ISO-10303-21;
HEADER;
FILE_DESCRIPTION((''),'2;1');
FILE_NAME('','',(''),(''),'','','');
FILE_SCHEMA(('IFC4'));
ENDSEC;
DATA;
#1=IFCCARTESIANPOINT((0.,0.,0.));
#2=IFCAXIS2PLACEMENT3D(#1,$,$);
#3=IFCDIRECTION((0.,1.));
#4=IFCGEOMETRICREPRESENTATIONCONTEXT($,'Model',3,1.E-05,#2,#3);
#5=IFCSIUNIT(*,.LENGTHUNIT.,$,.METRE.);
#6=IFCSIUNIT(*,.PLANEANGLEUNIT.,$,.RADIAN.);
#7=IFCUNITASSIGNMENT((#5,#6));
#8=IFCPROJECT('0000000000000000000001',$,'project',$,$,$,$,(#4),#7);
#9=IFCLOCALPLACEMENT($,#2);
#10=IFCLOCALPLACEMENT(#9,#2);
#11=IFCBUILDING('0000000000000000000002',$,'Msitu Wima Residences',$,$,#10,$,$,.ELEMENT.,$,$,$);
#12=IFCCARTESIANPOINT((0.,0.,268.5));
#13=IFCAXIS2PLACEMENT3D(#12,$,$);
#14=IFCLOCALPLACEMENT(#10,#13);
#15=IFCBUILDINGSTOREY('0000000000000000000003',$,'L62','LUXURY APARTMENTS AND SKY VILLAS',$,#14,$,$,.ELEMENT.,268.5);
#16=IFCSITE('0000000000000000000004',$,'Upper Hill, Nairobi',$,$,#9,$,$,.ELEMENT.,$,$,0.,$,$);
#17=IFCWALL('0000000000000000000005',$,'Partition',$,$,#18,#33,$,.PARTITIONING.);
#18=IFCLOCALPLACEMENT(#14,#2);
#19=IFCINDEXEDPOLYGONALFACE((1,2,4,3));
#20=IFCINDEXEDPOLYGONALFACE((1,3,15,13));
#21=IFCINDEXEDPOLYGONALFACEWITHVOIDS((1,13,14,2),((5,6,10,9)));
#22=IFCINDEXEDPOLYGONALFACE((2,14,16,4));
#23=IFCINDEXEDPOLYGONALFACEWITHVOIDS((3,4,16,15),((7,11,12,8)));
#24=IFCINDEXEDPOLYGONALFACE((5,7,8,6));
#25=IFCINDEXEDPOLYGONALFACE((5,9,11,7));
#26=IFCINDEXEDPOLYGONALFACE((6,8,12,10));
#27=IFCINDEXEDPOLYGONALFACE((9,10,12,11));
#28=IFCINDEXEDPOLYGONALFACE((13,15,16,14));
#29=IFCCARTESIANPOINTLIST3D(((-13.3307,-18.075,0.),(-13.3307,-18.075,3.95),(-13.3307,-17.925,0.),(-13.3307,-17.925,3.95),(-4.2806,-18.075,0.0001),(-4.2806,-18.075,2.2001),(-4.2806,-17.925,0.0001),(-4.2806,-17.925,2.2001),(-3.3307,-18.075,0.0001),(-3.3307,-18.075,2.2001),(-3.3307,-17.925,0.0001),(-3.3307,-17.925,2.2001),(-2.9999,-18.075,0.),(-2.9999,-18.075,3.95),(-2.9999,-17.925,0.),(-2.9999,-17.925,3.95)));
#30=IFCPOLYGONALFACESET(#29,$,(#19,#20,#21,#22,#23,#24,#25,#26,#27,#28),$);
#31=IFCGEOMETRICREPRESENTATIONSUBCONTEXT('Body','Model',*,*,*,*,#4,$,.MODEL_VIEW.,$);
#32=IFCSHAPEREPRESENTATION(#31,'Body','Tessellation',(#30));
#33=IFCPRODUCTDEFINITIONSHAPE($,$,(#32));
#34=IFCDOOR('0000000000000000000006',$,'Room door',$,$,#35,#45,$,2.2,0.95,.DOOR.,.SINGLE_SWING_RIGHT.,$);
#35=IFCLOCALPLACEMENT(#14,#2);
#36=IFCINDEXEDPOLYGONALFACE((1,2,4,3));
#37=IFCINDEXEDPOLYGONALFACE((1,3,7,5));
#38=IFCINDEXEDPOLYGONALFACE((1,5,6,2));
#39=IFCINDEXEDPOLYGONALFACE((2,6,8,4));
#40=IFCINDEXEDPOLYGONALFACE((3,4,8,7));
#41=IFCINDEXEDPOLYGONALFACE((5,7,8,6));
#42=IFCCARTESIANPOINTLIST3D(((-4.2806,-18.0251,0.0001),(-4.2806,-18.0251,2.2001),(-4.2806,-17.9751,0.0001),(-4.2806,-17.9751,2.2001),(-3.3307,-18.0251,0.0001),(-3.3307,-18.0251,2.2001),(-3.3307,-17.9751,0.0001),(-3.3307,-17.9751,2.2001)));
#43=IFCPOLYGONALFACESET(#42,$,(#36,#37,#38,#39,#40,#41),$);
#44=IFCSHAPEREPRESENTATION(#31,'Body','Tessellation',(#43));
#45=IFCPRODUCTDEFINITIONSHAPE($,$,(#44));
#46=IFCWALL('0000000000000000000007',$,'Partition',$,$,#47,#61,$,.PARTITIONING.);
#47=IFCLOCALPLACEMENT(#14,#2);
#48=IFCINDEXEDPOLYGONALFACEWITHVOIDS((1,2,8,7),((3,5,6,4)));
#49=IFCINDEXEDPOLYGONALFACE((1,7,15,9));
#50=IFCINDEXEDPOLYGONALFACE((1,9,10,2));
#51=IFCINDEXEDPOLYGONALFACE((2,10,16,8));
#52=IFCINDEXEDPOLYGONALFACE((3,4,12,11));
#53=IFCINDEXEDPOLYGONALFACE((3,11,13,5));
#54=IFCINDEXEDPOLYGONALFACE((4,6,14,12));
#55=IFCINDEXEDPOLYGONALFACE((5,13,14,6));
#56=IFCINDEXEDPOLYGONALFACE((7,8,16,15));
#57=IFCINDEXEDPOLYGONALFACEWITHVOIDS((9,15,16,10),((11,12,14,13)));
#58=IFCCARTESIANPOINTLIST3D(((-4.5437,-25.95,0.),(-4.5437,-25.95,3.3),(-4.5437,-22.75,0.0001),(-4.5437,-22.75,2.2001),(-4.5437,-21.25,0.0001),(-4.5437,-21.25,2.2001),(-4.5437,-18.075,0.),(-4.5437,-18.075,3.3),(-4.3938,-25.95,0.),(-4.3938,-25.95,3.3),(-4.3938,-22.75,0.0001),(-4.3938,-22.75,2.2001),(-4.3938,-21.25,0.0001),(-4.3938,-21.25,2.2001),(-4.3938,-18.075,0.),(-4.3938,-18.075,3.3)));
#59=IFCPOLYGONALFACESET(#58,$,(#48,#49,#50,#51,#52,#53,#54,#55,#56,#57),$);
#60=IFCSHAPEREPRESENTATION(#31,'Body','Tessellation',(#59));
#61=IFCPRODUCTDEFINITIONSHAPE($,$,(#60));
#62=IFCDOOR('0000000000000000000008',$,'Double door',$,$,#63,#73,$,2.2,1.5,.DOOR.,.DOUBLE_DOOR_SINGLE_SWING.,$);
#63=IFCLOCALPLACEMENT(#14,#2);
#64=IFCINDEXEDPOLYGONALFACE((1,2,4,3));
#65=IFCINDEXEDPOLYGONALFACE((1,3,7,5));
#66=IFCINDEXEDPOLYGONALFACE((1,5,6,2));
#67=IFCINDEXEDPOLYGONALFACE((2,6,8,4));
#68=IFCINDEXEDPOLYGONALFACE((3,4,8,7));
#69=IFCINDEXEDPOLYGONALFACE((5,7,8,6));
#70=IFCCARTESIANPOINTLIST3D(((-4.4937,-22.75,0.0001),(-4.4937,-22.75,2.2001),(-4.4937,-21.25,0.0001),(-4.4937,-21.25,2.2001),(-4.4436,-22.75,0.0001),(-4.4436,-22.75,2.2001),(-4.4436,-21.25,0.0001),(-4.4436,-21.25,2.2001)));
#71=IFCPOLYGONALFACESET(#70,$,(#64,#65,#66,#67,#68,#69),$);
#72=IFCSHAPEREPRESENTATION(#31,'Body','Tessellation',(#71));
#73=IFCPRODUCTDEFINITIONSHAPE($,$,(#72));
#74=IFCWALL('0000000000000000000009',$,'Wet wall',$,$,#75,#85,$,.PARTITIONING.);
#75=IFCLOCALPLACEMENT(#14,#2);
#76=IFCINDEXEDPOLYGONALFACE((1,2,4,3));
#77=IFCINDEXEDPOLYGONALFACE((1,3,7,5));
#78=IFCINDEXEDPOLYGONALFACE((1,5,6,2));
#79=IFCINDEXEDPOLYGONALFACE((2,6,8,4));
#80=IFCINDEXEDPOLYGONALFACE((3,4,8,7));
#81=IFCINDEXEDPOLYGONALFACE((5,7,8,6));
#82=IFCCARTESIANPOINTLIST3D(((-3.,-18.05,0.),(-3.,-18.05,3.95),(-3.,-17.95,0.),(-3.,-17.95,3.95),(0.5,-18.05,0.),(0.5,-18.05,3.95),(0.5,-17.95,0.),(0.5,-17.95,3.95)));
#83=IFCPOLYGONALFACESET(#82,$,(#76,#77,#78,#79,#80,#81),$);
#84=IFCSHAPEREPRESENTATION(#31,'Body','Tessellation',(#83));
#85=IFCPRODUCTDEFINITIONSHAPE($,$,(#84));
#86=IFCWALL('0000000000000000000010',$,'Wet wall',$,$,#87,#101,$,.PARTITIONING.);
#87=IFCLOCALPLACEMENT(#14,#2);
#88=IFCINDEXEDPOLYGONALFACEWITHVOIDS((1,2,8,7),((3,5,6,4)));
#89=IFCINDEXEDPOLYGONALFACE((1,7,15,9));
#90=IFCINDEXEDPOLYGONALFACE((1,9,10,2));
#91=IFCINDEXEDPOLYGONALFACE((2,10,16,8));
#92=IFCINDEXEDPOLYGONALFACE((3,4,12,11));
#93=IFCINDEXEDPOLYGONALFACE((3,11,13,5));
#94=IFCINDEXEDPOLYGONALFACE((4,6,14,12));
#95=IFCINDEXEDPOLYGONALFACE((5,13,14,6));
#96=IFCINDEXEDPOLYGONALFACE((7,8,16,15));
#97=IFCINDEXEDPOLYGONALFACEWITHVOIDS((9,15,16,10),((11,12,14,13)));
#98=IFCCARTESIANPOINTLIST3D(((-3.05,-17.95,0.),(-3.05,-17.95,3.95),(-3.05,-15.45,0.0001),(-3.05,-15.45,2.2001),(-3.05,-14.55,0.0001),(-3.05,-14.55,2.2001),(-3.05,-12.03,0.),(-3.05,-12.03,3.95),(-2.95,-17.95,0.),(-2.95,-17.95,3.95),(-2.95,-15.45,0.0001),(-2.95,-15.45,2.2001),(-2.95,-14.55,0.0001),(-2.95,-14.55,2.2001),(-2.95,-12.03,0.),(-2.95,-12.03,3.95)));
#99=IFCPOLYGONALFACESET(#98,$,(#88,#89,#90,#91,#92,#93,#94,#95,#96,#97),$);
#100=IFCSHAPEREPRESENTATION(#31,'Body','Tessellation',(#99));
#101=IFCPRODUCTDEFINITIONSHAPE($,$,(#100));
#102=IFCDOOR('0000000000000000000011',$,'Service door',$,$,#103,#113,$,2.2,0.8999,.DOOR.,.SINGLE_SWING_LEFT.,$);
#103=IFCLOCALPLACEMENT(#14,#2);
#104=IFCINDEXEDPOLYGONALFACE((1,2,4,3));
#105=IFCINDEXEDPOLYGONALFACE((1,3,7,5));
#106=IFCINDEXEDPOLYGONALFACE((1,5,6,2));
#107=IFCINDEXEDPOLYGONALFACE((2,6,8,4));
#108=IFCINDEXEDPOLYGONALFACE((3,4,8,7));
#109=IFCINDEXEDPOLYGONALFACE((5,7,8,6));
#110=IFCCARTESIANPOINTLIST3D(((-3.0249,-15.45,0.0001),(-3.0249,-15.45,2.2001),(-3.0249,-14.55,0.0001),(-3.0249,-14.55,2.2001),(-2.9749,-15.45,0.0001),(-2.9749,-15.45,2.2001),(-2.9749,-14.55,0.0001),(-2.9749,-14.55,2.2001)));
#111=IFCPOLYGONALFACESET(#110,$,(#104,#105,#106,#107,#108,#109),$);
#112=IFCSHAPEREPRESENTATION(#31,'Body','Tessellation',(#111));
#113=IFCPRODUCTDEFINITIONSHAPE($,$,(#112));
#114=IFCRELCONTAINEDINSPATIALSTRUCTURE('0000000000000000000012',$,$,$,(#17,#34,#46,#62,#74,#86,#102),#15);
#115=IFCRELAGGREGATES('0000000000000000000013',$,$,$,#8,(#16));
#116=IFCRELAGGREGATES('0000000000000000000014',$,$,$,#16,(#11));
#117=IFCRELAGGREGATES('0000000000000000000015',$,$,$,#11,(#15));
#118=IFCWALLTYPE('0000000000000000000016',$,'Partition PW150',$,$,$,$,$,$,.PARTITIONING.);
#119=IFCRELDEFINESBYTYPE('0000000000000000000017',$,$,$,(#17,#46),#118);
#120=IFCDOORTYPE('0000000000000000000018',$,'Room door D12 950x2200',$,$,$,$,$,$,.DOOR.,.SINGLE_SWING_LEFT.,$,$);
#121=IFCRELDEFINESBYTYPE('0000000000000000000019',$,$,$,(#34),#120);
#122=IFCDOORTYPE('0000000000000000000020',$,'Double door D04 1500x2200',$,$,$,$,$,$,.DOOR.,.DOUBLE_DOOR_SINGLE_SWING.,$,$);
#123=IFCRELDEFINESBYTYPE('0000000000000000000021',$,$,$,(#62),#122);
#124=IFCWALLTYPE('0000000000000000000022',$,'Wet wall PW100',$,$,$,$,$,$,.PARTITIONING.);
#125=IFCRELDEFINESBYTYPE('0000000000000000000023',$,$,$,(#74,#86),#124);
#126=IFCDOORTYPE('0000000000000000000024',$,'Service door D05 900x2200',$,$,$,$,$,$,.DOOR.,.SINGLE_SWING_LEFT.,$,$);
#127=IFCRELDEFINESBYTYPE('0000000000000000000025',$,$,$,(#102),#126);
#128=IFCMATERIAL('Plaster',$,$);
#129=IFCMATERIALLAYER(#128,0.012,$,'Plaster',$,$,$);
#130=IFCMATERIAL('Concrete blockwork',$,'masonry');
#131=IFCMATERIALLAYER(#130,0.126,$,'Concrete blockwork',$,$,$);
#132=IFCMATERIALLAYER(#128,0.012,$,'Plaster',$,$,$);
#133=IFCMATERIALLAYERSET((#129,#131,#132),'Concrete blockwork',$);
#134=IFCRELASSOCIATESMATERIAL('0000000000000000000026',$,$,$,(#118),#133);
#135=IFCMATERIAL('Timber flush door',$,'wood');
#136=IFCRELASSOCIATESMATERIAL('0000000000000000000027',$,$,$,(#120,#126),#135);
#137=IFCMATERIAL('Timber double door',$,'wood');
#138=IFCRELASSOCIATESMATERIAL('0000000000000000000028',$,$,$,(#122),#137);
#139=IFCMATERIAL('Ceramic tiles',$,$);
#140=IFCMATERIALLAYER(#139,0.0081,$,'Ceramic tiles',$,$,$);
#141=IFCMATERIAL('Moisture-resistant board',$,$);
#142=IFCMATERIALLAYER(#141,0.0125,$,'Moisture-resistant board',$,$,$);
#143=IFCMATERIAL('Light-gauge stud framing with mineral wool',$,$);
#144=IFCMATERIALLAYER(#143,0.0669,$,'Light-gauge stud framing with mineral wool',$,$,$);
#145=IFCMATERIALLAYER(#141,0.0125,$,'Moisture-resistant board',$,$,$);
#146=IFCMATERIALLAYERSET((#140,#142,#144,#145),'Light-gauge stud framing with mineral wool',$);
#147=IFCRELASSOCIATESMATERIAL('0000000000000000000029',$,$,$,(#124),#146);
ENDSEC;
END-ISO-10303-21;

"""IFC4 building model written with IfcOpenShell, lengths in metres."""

from ifc_helpers import new_model, si_unit, direction, frame, frame_2d, origin, place, context, subcontext, project, spatial, rectangle, extrude, material, layer, layer_set, type_object, element, fill, save


model = new_model("IFC4")

# Units and contexts
model_context = context("Model", 3, precision=1e-05, world=origin(), true_north=direction((0.0, 1.0)))
body_context = subcontext(model_context, "Body", "Model", "MODEL_VIEW")
ifc_project = project(units=[si_unit("LENGTHUNIT", "METRE"), si_unit("PLANEANGLEUNIT", "RADIAN")], contexts=[model_context])

# Site, building, storey
site_placement = place(None, origin())
site = spatial("IfcSite", under=ifc_project, at=site_placement, Name="Upper Hill, Nairobi", CompositionType="ELEMENT", RefElevation=0.0)
building_placement = place(site_placement, origin())
building = spatial("IfcBuilding", under=site, at=building_placement, Name="Msitu Wima Residences", CompositionType="ELEMENT")
storey_placement = place(building_placement, frame((0.0, 0.0, 268.5)))
storey = spatial("IfcBuildingStorey", under=building, at=storey_placement, Name="L62", Description="LUXURY APARTMENTS AND SKY VILLAS", CompositionType="ELEMENT", Elevation=268.5)

# Shared definitions
ifc_material_1 = material(Name="Plaster")
ifc_layer_1 = layer(ifc_material_1, 0.012, Name="Plaster")
ifc_material_2 = material(Name="Concrete blockwork", Category="masonry")
ifc_layer_2 = layer(ifc_material_2, 0.126, Name="Concrete blockwork")
ifc_layer_3 = layer(ifc_material_1, 0.012, Name="Plaster")
ifc_layer_set_1 = layer_set([ifc_layer_1, ifc_layer_2, ifc_layer_3], Name="Concrete blockwork")
wall_type_1 = type_object("IfcWallType", Name="Partition PW150", PredefinedType="PARTITIONING", material=ifc_layer_set_1)
ifc_material_3 = material(Name="Timber flush door", Category="wood")
door_type_1 = type_object("IfcDoorType", Name="Room door D12 950x2200", OperationType="SINGLE_SWING_LEFT", PredefinedType="DOOR", material=ifc_material_3)

# Walls, openings, doors
wall_1_placement = place(storey_placement, frame((-13.3308, -18.0, 0.0), z_axis=(0.0, 0.0, 1.0), x_axis=(1.0, 0.0, 0.0)))
wall_1 = element("IfcWall", 1, at=wall_1_placement, inside=storey, type_object=wall_type_1, Name="Partition", PredefinedType="PARTITIONING", context=body_context, shape_type="SweptSolid", body=[
    extrude(rectangle(XDim=10.3308, YDim=0.1499, at=frame_2d((5.1655, 0.0))), origin(), (0.0, 0.0, 1.0), 3.95),
])
opening_1_placement = place(wall_1_placement, frame((9.05, 0.0, 0.0)))
opening_1 = element("IfcOpeningElement", 2, at=opening_1_placement, cuts=wall_1, PredefinedType="OPENING", context=body_context, shape_type="SweptSolid", body=[
    extrude(rectangle(XDim=0.95, YDim=2.2, at=frame_2d((0.4751, 1.1001))), frame((0.0, 0.085, 0.0), z_axis=(0.0, -1.0, 0.0), x_axis=(1.0, 0.0, 0.0)), (0.0, 0.0, 1.0), 0.1699),
])
door_1_placement = place(opening_1_placement, origin())
door_1 = element("IfcDoor", 3, at=door_1_placement, inside=storey, type_object=door_type_1, Name="Room door", OperationType="SINGLE_SWING_RIGHT", OverallHeight=2.2, OverallWidth=0.95, PredefinedType="DOOR", context=body_context, shape_type="SweptSolid", body=[
    extrude(rectangle(XDim=0.95, YDim=2.2, at=frame_2d((0.4751, 1.1001))), frame((0.0, 0.0249, 0.0), z_axis=(0.0, -1.0, 0.0), x_axis=(1.0, 0.0, 0.0)), (0.0, 0.0, 1.0), 0.05),
])
fill(opening_1, door_1)
wall_2_placement = place(storey_placement, frame((-4.4688, -25.95, 0.0), z_axis=(0.0, 0.0, 1.0), x_axis=(0.0, 1.0, 0.0)))
wall_2 = element("IfcWall", 4, at=wall_2_placement, inside=storey, type_object=wall_type_1, Name="Partition", PredefinedType="PARTITIONING", context=body_context, shape_type="SweptSolid", body=[
    extrude(rectangle(XDim=7.875, YDim=0.1499, at=frame_2d((3.9375, 0.0))), origin(), (0.0, 0.0, 1.0), 3.3),
])
opening_2_placement = place(wall_2_placement, frame((3.2, 0.0, 0.0)))
opening_2 = element("IfcOpeningElement", 5, at=opening_2_placement, cuts=wall_2, PredefinedType="OPENING", context=body_context, shape_type="SweptSolid", body=[
    extrude(rectangle(XDim=1.5, YDim=2.2, at=frame_2d((0.75, 1.1001))), frame((0.0, 0.085, 0.0), z_axis=(0.0, -1.0, 0.0), x_axis=(1.0, 0.0, 0.0)), (0.0, 0.0, 1.0), 0.1699),
])
ifc_material_4 = material(Name="Timber double door", Category="wood")
door_type_2 = type_object("IfcDoorType", Name="Double door D04 1500x2200", OperationType="DOUBLE_DOOR_SINGLE_SWING", PredefinedType="DOOR", material=ifc_material_4)
door_2_placement = place(opening_2_placement, origin())
door_2 = element("IfcDoor", 6, at=door_2_placement, inside=storey, type_object=door_type_2, Name="Double door", OperationType="DOUBLE_DOOR_SINGLE_SWING", OverallHeight=2.2, OverallWidth=1.5, PredefinedType="DOOR", context=body_context, shape_type="SweptSolid", body=[
    extrude(rectangle(XDim=1.5, YDim=2.2, at=frame_2d((0.75, 1.1001))), frame((0.0, 0.0249, 0.0), z_axis=(0.0, -1.0, 0.0), x_axis=(1.0, 0.0, 0.0)), (0.0, 0.0, 1.0), 0.05),
])
fill(opening_2, door_2)

# Wall
ifc_material_5 = material(Name="Ceramic tiles")
ifc_layer_4 = layer(ifc_material_5, 0.0081, Name="Ceramic tiles")
ifc_material_6 = material(Name="Moisture-resistant board")
ifc_layer_5 = layer(ifc_material_6, 0.0125, Name="Moisture-resistant board")
ifc_material_7 = material(Name="Light-gauge stud framing with mineral wool")
ifc_layer_6 = layer(ifc_material_7, 0.0669, Name="Light-gauge stud framing with mineral wool")
ifc_layer_7 = layer(ifc_material_6, 0.0125, Name="Moisture-resistant board")
ifc_layer_set_2 = layer_set([ifc_layer_4, ifc_layer_5, ifc_layer_6, ifc_layer_7], Name="Light-gauge stud framing with mineral wool")
wall_type_2 = type_object("IfcWallType", Name="Wet wall PW100", PredefinedType="PARTITIONING", material=ifc_layer_set_2)
wall_3_placement = place(storey_placement, frame((-3.0, -18.0, 0.0), z_axis=(0.0, 0.0, 1.0), x_axis=(1.0, 0.0, 0.0)))
element("IfcWall", 7, at=wall_3_placement, inside=storey, type_object=wall_type_2, Name="Wet wall", PredefinedType="PARTITIONING", context=body_context, shape_type="SweptSolid", body=[
    extrude(rectangle(XDim=3.5, YDim=0.1001, at=frame_2d((1.75, 0.0))), origin(), (0.0, 0.0, 1.0), 3.95),
])

# Wall, opening, door
wall_4_placement = place(storey_placement, frame((-3.0, -17.95, 0.0), z_axis=(0.0, 0.0, 1.0), x_axis=(0.0, 1.0, 0.0)))
wall_4 = element("IfcWall", 8, at=wall_4_placement, inside=storey, type_object=wall_type_2, Name="Wet wall", PredefinedType="PARTITIONING", context=body_context, shape_type="SweptSolid", body=[
    extrude(rectangle(XDim=5.9199, YDim=0.1001, at=frame_2d((2.96, 0.0))), origin(), (0.0, 0.0, 1.0), 3.95),
])
opening_3_placement = place(wall_4_placement, frame((2.5, 0.0, 0.0)))
opening_3 = element("IfcOpeningElement", 9, at=opening_3_placement, cuts=wall_4, PredefinedType="OPENING", context=body_context, shape_type="SweptSolid", body=[
    extrude(rectangle(XDim=0.8999, YDim=2.2, at=frame_2d((0.45, 1.1001))), frame((0.0, 0.0601, 0.0), z_axis=(0.0, -1.0, 0.0), x_axis=(1.0, 0.0, 0.0)), (0.0, 0.0, 1.0), 0.1201),
])
door_type_3 = type_object("IfcDoorType", Name="Service door D05 900x2200", OperationType="SINGLE_SWING_LEFT", PredefinedType="DOOR", material=ifc_material_3)
door_3_placement = place(opening_3_placement, origin())
door_3 = element("IfcDoor", 10, at=door_3_placement, inside=storey, type_object=door_type_3, Name="Service door", OperationType="SINGLE_SWING_LEFT", OverallHeight=2.2, OverallWidth=0.8999, PredefinedType="DOOR", context=body_context, shape_type="SweptSolid", body=[
    extrude(rectangle(XDim=0.8999, YDim=2.2, at=frame_2d((0.45, 1.1001))), frame((0.0, 0.0249, 0.0), z_axis=(0.0, -1.0, 0.0), x_axis=(1.0, 0.0, 0.0)), (0.0, 0.0, 1.0), 0.05),
])
fill(opening_3, door_3)

save(model, "model.ifc")
